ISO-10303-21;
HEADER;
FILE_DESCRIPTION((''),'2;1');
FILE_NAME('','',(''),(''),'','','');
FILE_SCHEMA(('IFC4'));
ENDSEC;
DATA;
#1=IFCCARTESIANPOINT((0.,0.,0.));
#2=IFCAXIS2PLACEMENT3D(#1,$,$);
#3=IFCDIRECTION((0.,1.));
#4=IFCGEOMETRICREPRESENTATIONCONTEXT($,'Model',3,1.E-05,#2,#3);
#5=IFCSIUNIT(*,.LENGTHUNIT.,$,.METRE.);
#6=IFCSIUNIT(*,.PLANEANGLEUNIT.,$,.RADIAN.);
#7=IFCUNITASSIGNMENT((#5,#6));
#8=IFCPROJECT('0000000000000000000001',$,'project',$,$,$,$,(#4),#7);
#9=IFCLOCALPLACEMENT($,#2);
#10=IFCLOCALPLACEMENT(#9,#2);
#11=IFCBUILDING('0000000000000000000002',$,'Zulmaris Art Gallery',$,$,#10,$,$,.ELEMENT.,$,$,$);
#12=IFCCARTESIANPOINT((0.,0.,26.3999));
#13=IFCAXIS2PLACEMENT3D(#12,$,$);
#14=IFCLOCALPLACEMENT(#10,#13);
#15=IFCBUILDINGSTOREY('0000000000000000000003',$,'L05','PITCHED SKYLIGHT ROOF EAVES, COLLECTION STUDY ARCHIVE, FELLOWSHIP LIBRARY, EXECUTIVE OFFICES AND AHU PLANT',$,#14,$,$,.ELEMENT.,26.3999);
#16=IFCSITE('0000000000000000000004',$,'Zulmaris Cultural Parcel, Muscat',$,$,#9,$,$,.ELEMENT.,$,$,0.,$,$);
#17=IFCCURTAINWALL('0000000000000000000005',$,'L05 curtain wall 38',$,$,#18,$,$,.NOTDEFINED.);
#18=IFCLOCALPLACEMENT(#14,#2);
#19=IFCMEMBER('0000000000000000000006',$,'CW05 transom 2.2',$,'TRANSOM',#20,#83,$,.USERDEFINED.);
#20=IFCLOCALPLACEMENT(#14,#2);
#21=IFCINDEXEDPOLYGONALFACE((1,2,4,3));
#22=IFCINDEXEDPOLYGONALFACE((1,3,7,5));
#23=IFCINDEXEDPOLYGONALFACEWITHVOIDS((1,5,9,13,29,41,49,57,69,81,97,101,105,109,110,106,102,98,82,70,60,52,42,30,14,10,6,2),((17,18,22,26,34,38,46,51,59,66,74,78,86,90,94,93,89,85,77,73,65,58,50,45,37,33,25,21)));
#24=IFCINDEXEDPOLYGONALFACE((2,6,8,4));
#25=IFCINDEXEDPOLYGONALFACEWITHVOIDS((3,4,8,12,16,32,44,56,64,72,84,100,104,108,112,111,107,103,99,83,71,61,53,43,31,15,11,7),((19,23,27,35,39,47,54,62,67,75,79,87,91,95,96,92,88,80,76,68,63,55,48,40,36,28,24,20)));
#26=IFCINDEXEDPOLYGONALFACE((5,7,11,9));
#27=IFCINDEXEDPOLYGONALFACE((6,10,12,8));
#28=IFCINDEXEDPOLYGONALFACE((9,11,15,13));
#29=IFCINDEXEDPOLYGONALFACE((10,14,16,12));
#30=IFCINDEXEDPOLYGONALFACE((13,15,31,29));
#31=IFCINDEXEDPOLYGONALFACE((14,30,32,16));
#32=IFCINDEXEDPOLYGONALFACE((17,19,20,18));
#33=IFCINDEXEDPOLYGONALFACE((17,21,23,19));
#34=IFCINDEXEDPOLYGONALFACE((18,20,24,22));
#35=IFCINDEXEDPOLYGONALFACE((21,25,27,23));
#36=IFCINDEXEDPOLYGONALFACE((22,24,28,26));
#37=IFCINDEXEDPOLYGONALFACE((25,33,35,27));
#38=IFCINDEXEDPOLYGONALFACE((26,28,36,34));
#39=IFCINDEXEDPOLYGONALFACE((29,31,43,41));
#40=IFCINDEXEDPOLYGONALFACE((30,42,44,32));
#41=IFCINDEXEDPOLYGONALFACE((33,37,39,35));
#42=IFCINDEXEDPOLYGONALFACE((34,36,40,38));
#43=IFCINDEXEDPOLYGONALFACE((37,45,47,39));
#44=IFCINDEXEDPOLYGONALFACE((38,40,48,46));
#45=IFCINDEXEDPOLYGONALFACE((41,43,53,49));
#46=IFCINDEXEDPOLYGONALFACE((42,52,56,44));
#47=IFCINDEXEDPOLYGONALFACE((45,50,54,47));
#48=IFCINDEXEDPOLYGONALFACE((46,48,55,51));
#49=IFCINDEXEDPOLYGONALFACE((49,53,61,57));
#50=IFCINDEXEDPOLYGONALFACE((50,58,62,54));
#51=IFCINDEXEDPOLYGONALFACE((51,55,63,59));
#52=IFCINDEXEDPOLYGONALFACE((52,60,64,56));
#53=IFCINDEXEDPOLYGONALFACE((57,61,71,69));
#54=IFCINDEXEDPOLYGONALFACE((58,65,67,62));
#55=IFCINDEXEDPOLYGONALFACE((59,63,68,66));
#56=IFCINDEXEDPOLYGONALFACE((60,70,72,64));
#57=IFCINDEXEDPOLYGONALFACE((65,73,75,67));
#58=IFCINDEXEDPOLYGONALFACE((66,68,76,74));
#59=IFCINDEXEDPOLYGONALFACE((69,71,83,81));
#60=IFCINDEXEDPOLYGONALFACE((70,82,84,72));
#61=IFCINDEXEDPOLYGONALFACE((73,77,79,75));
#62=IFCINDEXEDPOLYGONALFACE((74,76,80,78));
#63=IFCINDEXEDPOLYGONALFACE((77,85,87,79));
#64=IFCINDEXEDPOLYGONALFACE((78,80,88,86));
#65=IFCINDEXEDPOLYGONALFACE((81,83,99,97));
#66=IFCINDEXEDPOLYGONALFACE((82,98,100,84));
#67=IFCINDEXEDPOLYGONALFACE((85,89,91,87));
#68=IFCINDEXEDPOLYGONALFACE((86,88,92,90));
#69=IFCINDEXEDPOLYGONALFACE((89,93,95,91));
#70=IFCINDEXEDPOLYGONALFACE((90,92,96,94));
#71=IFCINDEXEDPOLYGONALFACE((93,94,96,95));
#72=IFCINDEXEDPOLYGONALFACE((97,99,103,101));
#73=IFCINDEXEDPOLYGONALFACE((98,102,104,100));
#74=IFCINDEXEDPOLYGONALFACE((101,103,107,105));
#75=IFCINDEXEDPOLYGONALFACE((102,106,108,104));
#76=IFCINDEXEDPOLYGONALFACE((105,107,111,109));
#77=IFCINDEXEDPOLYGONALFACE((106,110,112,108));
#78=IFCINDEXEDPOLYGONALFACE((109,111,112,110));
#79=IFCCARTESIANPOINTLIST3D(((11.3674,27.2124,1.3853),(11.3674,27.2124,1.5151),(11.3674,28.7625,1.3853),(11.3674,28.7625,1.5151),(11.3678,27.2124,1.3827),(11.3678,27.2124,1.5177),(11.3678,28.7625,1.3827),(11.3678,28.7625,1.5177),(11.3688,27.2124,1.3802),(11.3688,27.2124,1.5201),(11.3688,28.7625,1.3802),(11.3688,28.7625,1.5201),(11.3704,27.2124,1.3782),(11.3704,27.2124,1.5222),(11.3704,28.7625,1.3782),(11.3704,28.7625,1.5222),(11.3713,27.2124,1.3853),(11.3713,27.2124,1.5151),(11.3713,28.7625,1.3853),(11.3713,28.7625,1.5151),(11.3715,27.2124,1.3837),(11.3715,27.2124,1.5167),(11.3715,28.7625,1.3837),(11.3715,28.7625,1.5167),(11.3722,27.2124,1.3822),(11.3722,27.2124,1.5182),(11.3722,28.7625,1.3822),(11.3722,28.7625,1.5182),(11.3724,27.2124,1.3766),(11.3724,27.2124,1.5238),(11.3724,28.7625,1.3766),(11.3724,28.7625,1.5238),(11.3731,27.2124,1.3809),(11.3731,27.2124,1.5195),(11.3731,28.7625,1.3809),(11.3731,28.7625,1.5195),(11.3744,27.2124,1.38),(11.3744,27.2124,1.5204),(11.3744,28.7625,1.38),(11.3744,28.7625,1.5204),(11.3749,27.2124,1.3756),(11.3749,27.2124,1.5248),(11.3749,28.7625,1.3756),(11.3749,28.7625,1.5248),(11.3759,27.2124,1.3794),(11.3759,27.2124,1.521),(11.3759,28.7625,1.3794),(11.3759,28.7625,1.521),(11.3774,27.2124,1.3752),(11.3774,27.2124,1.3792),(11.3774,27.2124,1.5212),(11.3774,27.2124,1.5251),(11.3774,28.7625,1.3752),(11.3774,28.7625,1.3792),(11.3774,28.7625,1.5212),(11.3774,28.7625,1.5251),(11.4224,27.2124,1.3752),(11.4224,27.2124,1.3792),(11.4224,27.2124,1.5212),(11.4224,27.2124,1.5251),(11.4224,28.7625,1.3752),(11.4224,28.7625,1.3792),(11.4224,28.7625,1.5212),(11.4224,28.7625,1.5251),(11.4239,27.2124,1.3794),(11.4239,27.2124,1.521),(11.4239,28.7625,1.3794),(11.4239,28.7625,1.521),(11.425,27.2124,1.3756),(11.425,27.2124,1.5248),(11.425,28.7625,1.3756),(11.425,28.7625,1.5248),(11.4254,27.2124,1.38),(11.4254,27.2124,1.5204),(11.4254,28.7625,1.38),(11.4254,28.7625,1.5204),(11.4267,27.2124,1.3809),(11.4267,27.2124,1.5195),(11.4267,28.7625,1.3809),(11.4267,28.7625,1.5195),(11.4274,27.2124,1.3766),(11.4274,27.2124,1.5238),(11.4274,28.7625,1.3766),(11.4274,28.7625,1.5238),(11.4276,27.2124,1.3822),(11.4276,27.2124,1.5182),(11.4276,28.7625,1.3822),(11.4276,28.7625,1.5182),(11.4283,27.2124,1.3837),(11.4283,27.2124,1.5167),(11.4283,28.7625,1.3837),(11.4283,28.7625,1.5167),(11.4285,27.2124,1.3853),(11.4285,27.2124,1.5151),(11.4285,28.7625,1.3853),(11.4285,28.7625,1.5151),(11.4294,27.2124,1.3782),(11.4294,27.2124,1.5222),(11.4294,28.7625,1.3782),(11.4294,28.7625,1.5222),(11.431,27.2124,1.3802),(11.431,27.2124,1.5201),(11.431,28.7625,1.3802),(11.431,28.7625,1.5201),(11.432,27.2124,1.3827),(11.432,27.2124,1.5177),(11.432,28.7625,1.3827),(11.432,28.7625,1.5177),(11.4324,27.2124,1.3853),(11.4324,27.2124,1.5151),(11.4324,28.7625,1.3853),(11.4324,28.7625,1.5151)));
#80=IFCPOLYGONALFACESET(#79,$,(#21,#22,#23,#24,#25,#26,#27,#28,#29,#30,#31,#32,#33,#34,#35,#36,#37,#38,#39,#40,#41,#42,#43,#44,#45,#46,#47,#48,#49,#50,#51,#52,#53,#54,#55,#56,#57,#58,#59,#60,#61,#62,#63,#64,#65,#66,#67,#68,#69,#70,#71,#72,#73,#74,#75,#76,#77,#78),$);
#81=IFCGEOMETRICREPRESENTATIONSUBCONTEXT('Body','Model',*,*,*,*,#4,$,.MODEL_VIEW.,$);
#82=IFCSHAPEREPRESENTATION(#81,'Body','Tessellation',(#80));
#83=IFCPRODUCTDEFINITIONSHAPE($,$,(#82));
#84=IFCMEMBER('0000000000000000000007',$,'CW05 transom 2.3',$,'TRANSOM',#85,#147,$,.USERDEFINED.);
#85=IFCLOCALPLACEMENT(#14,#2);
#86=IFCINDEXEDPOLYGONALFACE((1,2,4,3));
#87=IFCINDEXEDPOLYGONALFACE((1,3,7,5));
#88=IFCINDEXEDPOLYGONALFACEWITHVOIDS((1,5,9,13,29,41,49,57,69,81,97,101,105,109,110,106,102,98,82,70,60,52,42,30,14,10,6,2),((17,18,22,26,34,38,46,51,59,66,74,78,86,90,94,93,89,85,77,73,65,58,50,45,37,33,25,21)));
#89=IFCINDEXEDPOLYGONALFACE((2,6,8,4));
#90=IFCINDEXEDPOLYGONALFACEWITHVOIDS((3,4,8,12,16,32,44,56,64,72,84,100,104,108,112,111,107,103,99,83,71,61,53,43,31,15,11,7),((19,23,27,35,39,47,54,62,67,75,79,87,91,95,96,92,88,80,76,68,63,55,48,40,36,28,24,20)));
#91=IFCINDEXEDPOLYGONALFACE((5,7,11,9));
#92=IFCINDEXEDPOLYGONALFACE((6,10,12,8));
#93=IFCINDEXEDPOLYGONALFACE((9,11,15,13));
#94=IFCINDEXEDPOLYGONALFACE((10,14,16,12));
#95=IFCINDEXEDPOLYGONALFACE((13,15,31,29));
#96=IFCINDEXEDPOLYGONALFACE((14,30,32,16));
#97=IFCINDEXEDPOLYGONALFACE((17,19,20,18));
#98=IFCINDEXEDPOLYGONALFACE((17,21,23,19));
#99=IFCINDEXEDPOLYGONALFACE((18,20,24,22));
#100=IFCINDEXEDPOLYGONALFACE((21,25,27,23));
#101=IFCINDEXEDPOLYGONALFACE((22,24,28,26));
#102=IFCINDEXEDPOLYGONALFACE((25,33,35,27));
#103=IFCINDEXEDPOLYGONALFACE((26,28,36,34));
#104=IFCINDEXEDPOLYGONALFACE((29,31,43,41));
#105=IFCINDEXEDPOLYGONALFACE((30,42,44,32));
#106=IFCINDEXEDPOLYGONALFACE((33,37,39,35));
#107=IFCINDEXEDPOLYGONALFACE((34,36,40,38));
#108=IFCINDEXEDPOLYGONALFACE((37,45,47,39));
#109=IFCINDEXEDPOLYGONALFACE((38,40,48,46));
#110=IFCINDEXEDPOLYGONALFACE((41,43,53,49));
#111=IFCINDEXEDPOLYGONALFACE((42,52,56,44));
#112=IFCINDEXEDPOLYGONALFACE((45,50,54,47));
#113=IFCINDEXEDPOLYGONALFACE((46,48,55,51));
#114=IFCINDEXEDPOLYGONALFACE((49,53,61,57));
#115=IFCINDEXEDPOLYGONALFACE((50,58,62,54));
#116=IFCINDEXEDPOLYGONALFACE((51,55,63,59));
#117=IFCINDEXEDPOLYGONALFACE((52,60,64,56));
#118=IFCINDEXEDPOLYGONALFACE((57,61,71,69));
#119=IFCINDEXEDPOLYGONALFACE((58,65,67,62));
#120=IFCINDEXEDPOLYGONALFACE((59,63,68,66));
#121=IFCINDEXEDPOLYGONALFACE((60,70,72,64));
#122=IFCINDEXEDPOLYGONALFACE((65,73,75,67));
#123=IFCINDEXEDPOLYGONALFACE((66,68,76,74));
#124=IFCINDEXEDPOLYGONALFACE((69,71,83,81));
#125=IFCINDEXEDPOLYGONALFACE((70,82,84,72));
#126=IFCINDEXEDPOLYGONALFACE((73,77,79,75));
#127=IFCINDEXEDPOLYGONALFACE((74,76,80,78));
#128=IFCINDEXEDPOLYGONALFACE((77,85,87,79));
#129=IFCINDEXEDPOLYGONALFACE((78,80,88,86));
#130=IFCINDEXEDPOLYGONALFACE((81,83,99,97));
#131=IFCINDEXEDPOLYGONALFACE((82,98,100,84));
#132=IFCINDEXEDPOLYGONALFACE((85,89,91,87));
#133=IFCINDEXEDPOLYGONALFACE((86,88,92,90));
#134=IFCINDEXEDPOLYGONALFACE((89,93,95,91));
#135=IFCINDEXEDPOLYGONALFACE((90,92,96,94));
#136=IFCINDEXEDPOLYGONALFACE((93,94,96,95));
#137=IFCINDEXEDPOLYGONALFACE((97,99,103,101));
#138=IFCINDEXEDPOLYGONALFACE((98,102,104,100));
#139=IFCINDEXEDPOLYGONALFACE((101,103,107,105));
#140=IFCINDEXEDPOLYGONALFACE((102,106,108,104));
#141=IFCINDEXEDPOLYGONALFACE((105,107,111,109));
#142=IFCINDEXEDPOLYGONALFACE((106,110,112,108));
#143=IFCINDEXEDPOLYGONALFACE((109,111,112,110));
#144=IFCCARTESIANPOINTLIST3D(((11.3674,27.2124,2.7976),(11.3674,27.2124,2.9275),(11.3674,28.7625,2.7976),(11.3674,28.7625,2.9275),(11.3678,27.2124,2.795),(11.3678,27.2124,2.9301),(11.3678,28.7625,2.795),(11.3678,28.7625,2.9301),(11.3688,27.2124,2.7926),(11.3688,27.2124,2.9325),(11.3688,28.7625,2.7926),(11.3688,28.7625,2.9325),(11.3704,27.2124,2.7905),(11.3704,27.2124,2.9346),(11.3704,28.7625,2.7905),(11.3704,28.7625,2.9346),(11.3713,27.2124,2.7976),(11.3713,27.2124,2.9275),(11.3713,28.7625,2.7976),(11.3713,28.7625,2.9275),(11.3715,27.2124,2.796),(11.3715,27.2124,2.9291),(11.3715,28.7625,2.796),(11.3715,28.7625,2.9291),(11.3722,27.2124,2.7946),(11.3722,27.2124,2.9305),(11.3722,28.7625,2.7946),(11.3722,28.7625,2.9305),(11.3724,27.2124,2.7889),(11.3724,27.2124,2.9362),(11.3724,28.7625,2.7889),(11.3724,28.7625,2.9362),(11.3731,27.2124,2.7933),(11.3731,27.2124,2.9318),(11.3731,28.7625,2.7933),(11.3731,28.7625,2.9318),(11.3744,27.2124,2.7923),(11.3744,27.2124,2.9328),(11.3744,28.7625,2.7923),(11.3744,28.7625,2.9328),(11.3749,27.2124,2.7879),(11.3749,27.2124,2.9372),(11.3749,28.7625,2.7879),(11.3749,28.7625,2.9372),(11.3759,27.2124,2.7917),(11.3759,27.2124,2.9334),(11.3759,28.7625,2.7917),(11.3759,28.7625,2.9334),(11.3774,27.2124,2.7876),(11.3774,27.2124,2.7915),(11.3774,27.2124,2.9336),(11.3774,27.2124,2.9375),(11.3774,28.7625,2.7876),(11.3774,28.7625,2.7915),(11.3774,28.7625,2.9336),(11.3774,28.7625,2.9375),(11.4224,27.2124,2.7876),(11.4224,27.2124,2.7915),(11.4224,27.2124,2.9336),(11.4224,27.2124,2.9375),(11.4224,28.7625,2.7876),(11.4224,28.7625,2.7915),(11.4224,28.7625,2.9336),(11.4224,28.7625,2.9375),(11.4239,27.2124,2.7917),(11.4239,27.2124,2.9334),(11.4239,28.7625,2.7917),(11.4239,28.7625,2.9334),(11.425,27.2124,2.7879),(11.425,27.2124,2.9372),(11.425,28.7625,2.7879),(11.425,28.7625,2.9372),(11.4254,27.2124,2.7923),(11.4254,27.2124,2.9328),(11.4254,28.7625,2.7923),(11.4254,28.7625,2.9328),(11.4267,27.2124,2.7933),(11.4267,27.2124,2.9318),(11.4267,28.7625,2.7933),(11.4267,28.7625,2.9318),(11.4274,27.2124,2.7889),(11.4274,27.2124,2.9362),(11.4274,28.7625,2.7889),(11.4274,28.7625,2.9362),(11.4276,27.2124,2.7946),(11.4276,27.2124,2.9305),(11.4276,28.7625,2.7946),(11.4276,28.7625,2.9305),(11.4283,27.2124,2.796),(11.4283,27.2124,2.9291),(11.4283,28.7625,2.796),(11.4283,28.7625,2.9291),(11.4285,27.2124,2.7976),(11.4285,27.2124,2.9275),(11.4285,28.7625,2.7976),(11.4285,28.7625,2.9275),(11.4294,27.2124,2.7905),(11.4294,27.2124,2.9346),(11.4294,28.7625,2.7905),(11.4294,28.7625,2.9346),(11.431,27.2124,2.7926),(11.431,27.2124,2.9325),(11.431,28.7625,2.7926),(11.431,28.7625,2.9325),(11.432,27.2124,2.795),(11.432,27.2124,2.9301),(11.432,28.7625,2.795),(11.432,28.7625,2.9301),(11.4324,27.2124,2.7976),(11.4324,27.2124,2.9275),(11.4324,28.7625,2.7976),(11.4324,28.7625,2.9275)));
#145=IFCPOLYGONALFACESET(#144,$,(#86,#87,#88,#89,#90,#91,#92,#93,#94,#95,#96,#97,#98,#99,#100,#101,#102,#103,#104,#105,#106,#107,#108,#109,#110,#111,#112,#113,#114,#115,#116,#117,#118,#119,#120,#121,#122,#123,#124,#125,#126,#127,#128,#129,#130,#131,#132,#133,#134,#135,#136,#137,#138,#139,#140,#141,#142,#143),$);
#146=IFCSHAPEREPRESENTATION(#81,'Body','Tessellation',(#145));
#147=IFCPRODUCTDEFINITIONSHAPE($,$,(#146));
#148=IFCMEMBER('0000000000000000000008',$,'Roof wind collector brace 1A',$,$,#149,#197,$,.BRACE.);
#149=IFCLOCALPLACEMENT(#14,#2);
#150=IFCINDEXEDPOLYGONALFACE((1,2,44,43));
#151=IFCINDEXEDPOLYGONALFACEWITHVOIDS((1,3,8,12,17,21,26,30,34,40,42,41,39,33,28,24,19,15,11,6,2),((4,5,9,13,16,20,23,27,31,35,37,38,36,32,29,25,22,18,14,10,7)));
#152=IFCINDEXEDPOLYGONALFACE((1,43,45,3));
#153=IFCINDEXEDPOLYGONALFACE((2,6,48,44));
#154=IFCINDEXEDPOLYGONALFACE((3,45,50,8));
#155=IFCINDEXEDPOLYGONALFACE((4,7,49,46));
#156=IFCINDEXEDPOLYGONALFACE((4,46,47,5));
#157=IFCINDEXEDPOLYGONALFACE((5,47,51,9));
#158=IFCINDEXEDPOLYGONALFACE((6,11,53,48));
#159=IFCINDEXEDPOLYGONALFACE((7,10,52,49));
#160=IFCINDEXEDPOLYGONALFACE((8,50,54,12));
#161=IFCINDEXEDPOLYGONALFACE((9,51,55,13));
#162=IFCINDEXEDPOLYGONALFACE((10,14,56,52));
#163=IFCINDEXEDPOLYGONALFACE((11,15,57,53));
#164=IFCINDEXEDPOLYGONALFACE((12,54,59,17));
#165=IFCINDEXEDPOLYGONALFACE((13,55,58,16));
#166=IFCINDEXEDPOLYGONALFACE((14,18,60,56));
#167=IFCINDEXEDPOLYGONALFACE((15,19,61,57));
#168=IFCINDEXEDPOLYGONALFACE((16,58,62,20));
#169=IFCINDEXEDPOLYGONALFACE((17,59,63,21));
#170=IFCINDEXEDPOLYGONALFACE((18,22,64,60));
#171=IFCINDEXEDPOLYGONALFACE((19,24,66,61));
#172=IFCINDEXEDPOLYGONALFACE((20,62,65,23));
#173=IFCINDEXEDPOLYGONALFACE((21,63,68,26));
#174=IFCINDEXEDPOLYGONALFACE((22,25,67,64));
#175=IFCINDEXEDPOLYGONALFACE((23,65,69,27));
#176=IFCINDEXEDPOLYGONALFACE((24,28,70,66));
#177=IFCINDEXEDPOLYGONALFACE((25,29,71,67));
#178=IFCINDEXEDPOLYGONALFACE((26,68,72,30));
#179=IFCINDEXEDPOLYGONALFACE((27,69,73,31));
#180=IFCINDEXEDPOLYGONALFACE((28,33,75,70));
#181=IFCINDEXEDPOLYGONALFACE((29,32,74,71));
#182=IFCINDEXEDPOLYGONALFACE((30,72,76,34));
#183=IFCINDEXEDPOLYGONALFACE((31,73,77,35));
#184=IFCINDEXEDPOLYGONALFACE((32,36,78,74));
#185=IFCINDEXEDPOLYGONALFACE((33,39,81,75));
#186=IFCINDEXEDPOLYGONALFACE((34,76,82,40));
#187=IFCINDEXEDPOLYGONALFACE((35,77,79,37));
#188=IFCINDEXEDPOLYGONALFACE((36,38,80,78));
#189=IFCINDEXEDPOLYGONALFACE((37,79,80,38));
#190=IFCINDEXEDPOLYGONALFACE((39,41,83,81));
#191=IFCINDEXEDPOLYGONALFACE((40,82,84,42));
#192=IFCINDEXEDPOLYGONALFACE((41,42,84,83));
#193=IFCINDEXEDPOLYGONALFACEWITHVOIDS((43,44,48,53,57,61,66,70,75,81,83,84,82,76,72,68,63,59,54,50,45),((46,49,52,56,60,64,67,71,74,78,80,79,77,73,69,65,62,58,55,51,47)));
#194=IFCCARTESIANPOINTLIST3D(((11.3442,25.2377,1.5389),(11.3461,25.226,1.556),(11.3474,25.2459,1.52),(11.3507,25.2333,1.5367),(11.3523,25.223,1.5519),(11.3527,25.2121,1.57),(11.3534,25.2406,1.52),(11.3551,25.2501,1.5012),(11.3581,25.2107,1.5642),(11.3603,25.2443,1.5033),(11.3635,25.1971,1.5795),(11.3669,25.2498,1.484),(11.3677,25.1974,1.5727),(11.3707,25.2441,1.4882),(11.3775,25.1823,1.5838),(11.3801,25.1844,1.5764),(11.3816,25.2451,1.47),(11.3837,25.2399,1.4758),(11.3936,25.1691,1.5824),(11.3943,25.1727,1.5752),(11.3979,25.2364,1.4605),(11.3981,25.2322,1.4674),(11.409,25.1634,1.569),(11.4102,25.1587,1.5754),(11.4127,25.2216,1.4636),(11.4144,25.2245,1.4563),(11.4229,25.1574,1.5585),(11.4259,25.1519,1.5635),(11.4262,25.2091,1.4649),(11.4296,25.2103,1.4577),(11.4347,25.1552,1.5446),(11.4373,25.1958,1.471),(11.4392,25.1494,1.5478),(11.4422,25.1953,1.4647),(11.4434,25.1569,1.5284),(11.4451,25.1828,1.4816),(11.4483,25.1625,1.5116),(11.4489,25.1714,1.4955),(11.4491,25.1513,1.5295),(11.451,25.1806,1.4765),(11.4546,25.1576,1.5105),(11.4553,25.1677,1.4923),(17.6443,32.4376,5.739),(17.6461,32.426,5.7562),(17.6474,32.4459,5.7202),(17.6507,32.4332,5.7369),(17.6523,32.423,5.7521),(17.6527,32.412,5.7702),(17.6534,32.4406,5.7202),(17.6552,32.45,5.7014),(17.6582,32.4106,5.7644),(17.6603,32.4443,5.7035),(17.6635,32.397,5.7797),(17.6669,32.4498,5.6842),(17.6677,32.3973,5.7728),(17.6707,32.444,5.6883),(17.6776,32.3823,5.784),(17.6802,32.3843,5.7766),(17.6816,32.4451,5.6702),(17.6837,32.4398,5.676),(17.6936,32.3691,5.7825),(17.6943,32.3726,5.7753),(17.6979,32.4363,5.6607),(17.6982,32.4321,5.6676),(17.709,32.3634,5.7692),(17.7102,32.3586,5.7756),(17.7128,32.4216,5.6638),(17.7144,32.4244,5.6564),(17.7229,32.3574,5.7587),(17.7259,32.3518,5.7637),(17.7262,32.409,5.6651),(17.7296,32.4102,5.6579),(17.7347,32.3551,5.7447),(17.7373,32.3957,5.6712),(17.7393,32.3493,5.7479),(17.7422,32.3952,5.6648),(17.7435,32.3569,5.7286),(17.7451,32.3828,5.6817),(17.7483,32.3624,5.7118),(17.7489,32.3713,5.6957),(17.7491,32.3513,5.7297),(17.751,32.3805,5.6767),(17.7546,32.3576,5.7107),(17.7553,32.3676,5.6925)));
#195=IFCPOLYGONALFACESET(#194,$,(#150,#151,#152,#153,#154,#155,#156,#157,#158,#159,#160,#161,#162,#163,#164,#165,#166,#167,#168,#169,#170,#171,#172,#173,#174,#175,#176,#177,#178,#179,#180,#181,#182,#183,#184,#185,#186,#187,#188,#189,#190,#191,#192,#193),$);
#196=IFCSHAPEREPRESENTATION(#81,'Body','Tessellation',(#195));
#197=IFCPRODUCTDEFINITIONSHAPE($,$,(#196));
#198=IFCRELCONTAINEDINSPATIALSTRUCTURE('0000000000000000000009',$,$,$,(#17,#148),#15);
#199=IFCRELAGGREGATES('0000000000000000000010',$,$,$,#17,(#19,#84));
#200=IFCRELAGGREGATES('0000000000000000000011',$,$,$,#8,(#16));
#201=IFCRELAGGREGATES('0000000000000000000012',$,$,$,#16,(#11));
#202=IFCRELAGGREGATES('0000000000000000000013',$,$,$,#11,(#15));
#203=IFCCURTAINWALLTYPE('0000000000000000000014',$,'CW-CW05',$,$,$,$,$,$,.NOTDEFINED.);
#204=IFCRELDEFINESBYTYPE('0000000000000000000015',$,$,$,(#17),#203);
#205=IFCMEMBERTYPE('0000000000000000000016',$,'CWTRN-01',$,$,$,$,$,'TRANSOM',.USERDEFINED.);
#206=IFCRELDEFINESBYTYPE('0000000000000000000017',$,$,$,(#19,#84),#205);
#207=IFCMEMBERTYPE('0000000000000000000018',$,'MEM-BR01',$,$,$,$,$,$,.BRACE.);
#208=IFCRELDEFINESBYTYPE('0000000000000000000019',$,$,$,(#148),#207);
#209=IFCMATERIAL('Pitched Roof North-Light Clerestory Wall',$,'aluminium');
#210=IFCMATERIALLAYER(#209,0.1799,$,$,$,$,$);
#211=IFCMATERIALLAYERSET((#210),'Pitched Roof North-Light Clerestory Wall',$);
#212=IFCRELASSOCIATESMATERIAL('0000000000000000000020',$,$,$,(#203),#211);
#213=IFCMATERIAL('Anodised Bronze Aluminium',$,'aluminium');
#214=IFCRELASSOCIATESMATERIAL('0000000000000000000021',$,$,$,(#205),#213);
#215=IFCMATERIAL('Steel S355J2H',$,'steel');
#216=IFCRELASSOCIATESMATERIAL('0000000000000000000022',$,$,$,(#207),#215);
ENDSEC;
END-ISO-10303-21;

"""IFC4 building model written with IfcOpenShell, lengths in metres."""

from ifc_helpers import new_model, si_unit, direction, frame, origin, origin_2d, place, context, subcontext, project, spatial, hollow_rectangle, hollow_circle, extrude, material, layer, layer_set, material_profile, profile_set, type_object, element, aggregate, save


model = new_model("IFC4")

# Units and contexts
model_context = context("Model", 3, precision=1e-05, world=origin(), true_north=direction((0.0, 1.0)))
body_context = subcontext(model_context, "Body", "Model", "MODEL_VIEW")
ifc_project = project(units=[si_unit("LENGTHUNIT", "METRE"), si_unit("PLANEANGLEUNIT", "RADIAN")], contexts=[model_context])

# Site, building, storey
site_placement = place(None, origin())
site = spatial("IfcSite", under=ifc_project, at=site_placement, Name="Zulmaris Cultural Parcel, Muscat", CompositionType="ELEMENT", RefElevation=0.0)
building_placement = place(site_placement, origin())
building = spatial("IfcBuilding", under=site, at=building_placement, Name="Zulmaris Art Gallery", CompositionType="ELEMENT")
storey_placement = place(building_placement, frame((0.0, 0.0, 26.3999)))
storey = spatial("IfcBuildingStorey", under=building, at=storey_placement, Name="L05", Description="PITCHED SKYLIGHT ROOF EAVES, COLLECTION STUDY ARCHIVE, FELLOWSHIP LIBRARY, EXECUTIVE OFFICES AND AHU PLANT", CompositionType="ELEMENT", Elevation=26.3999)

# Curtain wall, members
ifc_material_1 = material(Name="Pitched Roof North-Light Clerestory Wall", Category="aluminium")
ifc_layer_1 = layer(ifc_material_1, 0.1799)
ifc_layer_set_1 = layer_set([ifc_layer_1], Name="Pitched Roof North-Light Clerestory Wall")
curtain_wall_type = type_object("IfcCurtainWallType", Name="CW-CW05", PredefinedType="NOTDEFINED", material=ifc_layer_set_1)
curtain_wall_placement = place(storey_placement, origin())
curtain_wall = element("IfcCurtainWall", 1, at=curtain_wall_placement, inside=storey, type_object=curtain_wall_type, Name="L05 curtain wall 38", PredefinedType="NOTDEFINED")
ifc_material_2 = material(Name="Anodised Bronze Aluminium", Category="aluminium")
ifc_material_profile_1 = material_profile(ifc_material_2, hollow_rectangle(XDim=0.0649, YDim=0.1499, WallThickness=0.0039, InnerFilletRadius=0.0061, OuterFilletRadius=0.01, at=origin_2d()), Name="ALU 65x150x4")
ifc_profile_set_1 = profile_set([ifc_material_profile_1], Name="Anodised Bronze Aluminium")
member_type_1 = type_object("IfcMemberType", Name="CWTRN-01", ElementType="TRANSOM", PredefinedType="USERDEFINED", material=ifc_profile_set_1)
member_1_placement = place(storey_placement, frame((11.3999, 27.2124, 1.4502), z_axis=(0.0, 1.0, 0.0), x_axis=(-1.0, 0.0, 0.0)))
member_1 = element("IfcMember", 2, at=member_1_placement, type_object=member_type_1, Name="CW05 transom 2.2", ObjectType="TRANSOM", PredefinedType="USERDEFINED", context=body_context, shape_type="SweptSolid", body=[
    extrude(hollow_rectangle(XDim=0.0649, YDim=0.1499, WallThickness=0.0039, InnerFilletRadius=0.0061, OuterFilletRadius=0.01, at=origin_2d()), origin(), (0.0, 0.0, 1.0), 1.55),
])
member_2_placement = place(storey_placement, frame((11.3999, 27.2124, 2.8625), z_axis=(0.0, 1.0, 0.0), x_axis=(-1.0, 0.0, 0.0)))
member_2 = element("IfcMember", 3, at=member_2_placement, type_object=member_type_1, Name="CW05 transom 2.3", ObjectType="TRANSOM", PredefinedType="USERDEFINED", context=body_context, shape_type="SweptSolid", body=[
    extrude(hollow_rectangle(XDim=0.0649, YDim=0.1499, WallThickness=0.0039, InnerFilletRadius=0.0061, OuterFilletRadius=0.01, at=origin_2d()), origin(), (0.0, 0.0, 1.0), 1.55),
])

# Member
ifc_material_3 = material(Name="Steel S355J2H", Category="steel")
ifc_material_profile_2 = material_profile(ifc_material_3, hollow_circle(Radius=0.0698, WallThickness=0.0081, at=origin_2d()), Name="CHS 139.7x8")
ifc_profile_set_2 = profile_set([ifc_material_profile_2], Name="Steel S355J2H")
member_type_2 = type_object("IfcMemberType", Name="MEM-BR01", PredefinedType="BRACE", material=ifc_profile_set_2)
member_3_placement = place(storey_placement, frame((11.3999, 25.2, 1.52), z_axis=(0.602961, 0.689088, 0.40199), x_axis=(-0.752572, 0.65851, 0.0)))
element("IfcMember", 4, at=member_3_placement, inside=storey, type_object=member_type_2, Name="Roof wind collector brace 1A", PredefinedType="BRACE", context=body_context, shape_type="SweptSolid", body=[
    extrude(hollow_circle(Radius=0.0698, WallThickness=0.0081, at=origin_2d()), origin(), (0.0, 0.0, 1.0), 10.4485),
])

aggregate(curtain_wall, [member_1, member_2])

save(model, "model.ifc")
